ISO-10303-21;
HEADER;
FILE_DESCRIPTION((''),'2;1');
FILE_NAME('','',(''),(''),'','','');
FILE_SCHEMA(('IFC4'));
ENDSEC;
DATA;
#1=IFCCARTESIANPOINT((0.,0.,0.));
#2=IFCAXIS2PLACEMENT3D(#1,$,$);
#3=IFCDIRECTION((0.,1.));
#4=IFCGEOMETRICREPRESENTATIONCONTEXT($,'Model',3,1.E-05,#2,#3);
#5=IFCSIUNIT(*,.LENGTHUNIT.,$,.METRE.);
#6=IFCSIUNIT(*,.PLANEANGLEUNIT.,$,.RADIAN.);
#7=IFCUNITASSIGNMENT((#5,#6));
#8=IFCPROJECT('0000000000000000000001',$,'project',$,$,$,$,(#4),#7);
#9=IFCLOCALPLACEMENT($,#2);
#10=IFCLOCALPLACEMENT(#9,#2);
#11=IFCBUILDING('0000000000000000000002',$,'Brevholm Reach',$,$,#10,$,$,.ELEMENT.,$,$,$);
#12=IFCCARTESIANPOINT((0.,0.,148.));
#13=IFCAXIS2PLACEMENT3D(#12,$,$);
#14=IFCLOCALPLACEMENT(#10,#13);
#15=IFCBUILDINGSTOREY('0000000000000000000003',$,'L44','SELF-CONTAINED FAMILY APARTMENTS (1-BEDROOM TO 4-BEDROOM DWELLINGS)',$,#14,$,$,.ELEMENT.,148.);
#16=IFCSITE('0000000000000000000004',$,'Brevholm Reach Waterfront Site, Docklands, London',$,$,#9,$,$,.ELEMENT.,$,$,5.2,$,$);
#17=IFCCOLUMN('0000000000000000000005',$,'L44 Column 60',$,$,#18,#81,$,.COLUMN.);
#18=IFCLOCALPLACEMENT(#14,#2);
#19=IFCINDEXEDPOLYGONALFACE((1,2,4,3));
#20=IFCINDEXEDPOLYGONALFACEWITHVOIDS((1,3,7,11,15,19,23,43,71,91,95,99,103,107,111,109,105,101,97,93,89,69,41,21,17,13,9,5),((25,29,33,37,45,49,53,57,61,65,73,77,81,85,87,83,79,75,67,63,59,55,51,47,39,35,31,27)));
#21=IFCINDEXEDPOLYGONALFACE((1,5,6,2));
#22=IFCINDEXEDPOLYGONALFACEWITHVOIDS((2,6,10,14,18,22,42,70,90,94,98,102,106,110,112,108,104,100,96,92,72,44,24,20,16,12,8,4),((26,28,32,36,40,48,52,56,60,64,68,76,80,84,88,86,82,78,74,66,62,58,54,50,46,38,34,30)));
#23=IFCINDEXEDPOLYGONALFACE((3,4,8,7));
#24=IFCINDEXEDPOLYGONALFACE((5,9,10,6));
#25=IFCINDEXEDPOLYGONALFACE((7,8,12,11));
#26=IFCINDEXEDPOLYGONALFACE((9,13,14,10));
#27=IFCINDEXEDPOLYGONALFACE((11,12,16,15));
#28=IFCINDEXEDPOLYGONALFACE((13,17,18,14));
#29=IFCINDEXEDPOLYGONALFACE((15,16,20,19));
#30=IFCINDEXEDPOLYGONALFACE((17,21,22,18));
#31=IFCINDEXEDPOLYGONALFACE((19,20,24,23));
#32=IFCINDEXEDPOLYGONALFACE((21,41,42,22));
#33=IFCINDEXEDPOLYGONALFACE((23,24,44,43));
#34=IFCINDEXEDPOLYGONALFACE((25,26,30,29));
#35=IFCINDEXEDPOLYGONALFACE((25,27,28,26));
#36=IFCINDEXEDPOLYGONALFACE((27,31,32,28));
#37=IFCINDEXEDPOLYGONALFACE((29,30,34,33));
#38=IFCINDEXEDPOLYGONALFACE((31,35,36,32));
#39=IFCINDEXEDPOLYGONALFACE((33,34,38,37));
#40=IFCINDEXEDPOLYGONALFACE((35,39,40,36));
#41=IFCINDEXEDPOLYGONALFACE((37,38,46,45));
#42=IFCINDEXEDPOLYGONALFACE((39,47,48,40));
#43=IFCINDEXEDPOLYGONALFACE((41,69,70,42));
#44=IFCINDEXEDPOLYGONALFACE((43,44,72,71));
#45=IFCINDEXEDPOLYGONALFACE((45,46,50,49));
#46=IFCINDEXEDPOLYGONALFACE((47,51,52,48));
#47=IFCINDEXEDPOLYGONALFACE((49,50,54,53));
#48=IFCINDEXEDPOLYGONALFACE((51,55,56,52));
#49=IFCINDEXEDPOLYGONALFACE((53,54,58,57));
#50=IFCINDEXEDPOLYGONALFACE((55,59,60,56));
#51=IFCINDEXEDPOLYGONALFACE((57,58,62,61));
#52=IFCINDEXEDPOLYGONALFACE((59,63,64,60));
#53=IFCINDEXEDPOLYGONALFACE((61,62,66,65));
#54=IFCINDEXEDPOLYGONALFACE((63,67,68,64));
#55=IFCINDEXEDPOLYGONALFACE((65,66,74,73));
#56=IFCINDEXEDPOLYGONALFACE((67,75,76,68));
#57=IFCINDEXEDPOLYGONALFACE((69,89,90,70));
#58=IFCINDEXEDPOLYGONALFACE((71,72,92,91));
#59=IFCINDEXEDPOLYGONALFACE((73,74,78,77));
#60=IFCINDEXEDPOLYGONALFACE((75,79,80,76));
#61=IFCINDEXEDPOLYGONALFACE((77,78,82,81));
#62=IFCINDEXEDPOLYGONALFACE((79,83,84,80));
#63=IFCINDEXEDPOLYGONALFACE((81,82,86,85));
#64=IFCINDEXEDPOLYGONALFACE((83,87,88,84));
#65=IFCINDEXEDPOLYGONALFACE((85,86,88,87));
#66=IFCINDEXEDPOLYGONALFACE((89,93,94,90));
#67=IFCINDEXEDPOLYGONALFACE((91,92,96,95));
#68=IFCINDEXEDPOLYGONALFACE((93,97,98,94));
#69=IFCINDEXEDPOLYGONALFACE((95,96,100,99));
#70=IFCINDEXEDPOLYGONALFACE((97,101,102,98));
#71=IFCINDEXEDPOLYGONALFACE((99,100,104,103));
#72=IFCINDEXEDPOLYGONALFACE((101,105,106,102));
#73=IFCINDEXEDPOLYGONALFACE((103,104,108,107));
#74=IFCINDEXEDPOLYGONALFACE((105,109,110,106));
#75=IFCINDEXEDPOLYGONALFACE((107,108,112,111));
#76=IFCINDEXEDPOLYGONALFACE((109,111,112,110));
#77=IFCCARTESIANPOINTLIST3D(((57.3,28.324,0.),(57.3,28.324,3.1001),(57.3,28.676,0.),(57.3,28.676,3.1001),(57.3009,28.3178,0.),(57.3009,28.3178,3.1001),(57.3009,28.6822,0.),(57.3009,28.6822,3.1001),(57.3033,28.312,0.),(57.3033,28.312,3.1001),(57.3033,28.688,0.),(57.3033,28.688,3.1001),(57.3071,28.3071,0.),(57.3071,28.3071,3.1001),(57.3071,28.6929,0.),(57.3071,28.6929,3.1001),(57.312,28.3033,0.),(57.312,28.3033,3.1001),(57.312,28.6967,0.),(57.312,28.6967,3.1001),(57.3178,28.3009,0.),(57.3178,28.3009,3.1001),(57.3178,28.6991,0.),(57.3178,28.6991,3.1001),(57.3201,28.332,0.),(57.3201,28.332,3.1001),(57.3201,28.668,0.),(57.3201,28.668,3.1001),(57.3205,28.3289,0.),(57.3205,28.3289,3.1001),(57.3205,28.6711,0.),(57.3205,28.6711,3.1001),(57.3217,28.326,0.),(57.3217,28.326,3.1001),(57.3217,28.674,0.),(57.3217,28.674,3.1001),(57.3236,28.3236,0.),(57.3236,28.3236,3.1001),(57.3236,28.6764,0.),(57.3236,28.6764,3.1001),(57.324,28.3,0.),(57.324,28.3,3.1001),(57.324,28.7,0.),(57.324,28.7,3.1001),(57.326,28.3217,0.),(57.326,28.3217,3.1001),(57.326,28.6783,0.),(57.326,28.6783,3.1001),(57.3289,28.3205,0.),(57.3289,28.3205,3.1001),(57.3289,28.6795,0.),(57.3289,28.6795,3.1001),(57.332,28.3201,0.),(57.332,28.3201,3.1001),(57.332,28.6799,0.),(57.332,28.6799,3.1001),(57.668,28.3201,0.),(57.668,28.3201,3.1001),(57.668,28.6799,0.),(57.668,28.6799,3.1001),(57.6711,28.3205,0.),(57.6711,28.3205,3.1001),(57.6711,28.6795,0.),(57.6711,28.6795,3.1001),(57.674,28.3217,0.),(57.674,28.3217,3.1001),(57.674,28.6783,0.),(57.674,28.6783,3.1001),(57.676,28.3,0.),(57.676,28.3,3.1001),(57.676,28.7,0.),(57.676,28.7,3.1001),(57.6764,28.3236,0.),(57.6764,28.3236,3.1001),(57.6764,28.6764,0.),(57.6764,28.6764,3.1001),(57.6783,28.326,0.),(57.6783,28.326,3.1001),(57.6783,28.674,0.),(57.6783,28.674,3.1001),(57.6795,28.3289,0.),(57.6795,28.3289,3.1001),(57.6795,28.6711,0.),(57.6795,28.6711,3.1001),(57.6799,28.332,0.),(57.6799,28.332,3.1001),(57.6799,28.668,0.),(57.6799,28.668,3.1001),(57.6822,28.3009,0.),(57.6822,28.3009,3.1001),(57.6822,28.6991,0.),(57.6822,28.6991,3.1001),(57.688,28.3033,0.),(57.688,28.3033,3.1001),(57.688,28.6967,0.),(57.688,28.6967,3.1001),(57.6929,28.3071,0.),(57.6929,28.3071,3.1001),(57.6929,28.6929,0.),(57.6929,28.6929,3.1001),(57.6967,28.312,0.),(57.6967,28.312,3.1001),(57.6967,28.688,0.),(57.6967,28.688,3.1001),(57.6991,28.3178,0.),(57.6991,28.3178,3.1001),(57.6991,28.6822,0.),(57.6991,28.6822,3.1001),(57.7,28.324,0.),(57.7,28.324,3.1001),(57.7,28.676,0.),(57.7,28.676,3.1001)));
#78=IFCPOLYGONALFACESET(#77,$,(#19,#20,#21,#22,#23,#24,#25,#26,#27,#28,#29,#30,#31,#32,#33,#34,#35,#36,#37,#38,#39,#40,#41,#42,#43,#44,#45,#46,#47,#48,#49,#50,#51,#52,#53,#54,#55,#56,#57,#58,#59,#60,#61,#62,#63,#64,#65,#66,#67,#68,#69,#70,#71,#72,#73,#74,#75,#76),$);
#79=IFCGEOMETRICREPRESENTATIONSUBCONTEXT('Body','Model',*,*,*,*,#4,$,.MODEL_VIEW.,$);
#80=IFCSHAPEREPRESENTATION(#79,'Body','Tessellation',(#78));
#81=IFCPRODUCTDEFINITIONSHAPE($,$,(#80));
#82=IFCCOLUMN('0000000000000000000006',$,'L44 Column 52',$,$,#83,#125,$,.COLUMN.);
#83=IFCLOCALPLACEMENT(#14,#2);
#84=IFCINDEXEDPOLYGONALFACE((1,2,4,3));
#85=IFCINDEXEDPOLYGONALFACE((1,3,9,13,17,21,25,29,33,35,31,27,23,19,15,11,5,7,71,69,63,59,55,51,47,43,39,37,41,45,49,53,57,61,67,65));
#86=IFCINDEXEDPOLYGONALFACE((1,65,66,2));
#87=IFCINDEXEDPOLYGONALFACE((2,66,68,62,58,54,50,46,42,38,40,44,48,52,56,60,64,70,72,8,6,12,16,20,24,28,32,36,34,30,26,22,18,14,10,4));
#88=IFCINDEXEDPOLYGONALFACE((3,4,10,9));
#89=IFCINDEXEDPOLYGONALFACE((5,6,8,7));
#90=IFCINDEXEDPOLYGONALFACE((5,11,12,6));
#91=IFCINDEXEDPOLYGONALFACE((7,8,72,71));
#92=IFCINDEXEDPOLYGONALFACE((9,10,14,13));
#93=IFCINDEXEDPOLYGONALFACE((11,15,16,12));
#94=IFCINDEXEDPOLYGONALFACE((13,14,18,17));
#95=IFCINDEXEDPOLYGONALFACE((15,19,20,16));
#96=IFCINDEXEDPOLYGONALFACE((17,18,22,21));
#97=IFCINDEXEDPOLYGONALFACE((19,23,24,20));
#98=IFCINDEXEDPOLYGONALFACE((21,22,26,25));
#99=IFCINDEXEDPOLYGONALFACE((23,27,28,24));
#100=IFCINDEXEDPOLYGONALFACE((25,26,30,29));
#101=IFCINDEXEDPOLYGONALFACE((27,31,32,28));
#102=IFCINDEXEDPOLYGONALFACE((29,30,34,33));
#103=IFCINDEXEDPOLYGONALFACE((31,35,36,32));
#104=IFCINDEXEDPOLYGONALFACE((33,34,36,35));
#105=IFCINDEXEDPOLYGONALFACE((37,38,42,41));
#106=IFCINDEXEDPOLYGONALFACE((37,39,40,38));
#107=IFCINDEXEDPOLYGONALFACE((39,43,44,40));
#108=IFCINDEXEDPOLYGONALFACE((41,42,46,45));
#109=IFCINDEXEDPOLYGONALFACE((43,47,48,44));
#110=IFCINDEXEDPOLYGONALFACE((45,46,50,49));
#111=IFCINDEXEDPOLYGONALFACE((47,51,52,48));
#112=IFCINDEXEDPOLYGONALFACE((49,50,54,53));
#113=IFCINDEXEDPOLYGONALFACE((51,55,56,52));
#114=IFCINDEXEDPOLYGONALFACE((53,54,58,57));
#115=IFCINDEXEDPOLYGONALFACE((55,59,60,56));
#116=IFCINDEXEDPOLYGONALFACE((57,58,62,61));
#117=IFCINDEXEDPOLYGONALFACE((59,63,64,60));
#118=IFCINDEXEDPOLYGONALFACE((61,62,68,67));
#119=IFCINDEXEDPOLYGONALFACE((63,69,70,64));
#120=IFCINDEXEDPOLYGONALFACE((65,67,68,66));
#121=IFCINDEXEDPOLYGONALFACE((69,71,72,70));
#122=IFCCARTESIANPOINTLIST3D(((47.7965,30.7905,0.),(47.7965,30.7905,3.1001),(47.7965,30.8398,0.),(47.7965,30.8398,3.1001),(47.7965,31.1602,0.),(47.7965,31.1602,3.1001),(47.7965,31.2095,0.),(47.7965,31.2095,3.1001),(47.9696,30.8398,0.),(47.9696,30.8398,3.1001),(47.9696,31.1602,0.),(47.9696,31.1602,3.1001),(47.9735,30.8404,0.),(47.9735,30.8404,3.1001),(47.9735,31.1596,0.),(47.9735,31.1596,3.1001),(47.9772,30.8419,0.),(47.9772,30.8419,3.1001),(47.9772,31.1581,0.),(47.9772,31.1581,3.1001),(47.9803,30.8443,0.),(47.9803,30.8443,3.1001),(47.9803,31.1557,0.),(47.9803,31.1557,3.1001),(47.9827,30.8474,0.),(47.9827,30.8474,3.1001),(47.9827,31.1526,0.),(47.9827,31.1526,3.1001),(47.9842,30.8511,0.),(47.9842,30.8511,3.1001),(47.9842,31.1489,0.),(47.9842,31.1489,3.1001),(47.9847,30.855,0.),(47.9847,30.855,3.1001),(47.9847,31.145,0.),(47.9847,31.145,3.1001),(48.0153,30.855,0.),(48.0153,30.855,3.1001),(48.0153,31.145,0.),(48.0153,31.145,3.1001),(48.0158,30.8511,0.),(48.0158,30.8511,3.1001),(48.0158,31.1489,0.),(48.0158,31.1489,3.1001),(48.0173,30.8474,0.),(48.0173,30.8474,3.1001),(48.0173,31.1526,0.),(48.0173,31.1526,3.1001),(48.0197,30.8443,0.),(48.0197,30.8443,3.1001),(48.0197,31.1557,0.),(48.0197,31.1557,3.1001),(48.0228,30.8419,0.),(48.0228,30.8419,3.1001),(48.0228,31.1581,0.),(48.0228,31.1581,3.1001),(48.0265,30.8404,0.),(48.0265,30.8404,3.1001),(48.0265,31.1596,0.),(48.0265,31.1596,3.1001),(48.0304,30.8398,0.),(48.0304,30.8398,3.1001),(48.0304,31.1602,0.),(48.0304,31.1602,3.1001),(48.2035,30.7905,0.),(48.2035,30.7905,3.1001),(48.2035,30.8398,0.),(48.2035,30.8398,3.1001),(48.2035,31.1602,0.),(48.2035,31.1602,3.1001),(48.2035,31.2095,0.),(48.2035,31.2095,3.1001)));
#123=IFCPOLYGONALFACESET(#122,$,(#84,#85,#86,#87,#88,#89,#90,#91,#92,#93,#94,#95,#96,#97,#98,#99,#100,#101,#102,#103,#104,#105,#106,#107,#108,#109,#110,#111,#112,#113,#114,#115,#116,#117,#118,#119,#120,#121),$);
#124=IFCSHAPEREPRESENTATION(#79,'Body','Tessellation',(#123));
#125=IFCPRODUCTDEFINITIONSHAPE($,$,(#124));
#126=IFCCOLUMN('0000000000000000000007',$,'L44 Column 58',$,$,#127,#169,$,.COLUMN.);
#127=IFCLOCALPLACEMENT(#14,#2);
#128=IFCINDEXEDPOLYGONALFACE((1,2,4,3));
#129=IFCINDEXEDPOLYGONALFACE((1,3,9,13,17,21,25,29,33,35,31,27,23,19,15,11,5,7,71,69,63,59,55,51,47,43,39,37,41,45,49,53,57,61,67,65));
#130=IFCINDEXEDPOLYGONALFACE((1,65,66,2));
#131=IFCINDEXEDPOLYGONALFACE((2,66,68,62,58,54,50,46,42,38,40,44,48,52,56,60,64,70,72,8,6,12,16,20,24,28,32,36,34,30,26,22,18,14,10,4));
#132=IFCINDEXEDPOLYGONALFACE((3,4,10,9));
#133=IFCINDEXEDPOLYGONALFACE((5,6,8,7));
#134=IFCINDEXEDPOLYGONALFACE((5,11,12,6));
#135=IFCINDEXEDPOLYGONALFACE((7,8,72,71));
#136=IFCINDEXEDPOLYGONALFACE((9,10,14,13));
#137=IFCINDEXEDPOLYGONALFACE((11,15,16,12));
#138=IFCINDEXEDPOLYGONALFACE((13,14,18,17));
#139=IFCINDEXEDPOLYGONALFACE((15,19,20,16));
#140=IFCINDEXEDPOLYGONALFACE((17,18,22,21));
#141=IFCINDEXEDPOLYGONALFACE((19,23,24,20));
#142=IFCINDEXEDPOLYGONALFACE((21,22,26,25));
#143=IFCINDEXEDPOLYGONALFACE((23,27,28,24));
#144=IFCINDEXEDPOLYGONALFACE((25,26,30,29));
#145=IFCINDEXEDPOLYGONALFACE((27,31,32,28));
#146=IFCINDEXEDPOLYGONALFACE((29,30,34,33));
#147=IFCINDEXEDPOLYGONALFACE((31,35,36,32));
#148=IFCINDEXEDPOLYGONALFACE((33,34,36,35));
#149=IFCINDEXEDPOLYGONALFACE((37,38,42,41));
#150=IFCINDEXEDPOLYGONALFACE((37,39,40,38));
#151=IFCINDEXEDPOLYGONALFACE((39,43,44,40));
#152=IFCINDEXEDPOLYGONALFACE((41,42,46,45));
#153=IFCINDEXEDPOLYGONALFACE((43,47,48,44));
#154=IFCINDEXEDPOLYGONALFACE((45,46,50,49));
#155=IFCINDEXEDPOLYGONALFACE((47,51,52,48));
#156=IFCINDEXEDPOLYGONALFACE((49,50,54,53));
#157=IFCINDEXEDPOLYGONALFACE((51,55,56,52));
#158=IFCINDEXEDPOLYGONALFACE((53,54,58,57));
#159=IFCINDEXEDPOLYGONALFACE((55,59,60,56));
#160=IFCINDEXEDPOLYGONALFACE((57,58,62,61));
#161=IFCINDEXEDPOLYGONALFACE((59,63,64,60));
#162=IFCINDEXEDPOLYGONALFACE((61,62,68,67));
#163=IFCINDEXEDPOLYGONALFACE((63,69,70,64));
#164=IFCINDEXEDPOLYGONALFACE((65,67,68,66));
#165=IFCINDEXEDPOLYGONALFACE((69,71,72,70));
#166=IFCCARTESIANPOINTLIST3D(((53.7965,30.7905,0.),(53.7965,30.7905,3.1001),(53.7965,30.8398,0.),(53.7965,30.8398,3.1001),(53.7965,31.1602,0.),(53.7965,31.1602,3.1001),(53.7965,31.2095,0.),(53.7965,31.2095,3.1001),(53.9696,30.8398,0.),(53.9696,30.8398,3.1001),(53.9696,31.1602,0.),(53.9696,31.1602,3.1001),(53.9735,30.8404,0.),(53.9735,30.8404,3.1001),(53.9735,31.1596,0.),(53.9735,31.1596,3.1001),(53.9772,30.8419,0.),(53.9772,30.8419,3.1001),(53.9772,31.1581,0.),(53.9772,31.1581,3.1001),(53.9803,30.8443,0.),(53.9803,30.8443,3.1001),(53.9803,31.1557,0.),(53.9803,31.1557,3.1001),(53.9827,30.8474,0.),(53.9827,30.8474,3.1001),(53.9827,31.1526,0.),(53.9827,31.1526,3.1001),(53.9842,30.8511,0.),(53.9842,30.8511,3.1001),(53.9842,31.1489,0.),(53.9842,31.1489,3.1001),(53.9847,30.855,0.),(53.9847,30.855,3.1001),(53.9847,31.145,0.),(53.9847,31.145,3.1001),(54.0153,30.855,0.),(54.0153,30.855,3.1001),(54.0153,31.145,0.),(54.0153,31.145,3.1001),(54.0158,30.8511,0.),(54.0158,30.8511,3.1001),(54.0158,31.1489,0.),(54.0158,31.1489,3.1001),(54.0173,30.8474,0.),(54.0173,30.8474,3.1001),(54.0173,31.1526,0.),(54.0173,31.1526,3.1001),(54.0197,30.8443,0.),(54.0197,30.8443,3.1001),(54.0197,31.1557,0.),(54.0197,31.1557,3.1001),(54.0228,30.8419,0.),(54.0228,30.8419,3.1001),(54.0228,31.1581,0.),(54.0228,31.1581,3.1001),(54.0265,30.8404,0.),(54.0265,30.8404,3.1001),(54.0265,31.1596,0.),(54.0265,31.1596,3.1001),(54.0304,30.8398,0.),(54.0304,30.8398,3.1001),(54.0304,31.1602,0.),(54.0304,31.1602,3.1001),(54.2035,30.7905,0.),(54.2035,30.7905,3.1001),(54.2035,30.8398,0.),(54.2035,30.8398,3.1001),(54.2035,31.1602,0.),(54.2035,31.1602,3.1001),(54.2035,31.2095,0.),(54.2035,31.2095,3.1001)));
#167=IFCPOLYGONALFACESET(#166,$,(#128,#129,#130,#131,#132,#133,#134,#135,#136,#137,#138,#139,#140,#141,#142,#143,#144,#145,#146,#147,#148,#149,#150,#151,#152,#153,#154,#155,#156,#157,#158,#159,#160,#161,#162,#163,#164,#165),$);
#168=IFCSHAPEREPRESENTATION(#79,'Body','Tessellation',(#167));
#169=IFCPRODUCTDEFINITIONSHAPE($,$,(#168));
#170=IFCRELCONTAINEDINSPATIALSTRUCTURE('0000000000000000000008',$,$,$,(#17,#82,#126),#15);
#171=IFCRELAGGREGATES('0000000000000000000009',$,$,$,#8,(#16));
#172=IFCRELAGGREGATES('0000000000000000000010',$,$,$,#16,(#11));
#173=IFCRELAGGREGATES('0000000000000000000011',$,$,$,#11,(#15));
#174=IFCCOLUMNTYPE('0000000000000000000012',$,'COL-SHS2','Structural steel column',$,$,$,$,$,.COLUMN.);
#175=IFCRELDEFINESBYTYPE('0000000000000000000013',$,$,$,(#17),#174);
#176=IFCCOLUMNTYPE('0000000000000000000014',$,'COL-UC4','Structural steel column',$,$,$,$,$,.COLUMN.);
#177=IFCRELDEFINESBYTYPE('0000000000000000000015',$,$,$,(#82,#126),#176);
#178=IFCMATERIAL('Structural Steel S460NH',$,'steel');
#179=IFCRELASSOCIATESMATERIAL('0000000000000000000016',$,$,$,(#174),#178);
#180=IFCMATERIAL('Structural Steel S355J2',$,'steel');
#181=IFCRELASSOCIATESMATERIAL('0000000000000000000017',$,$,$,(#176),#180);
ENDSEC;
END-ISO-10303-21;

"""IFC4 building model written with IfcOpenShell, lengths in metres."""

from ifc_helpers import new_model, si_unit, direction, frame, origin, origin_2d, place, context, subcontext, project, spatial, hollow_rectangle, i_section, extrude, material, material_profile, profile_set, type_object, element, save


model = new_model("IFC4")

# Units and contexts
model_context = context("Model", 3, precision=1e-05, world=origin(), true_north=direction((0.0, 1.0)))
body_context = subcontext(model_context, "Body", "Model", "MODEL_VIEW")
ifc_project = project(units=[si_unit("LENGTHUNIT", "METRE"), si_unit("PLANEANGLEUNIT", "RADIAN")], contexts=[model_context])

# Site, building, storey
site_placement = place(None, origin())
site = spatial("IfcSite", under=ifc_project, at=site_placement, Name="Brevholm Reach Waterfront Site, Docklands, London", CompositionType="ELEMENT", RefElevation=5.2)
building_placement = place(site_placement, origin())
building = spatial("IfcBuilding", under=site, at=building_placement, Name="Brevholm Reach", CompositionType="ELEMENT")
storey_placement = place(building_placement, frame((0.0, 0.0, 148.0)))
storey = spatial("IfcBuildingStorey", under=building, at=storey_placement, Name="L44", Description="SELF-CONTAINED FAMILY APARTMENTS (1-BEDROOM TO 4-BEDROOM DWELLINGS)", CompositionType="ELEMENT", Elevation=148.0)

# Columns
ifc_material_1 = material(Name="Structural Steel S460NH", Category="steel")
ifc_material_profile_1 = material_profile(ifc_material_1, hollow_rectangle(XDim=0.3999, YDim=0.3999, WallThickness=0.02, InnerFilletRadius=0.012, OuterFilletRadius=0.0239, at=origin_2d()), Name="SHS 400x400x20")
ifc_profile_set_1 = profile_set([ifc_material_profile_1], Name="Structural Steel S460NH")
column_type_1 = type_object("IfcColumnType", Name="COL-SHS2", Description="Structural steel column", PredefinedType="COLUMN", material=ifc_profile_set_1)
column_placement = place(storey_placement, frame((57.5, 28.5, 0.0), z_axis=(0.0, 0.0, 1.0), x_axis=(1.0, 0.0, 0.0)))
element("IfcColumn", 1, at=column_placement, inside=storey, type_object=column_type_1, Name="L44 Column 60", PredefinedType="COLUMN", context=body_context, shape_type="SweptSolid", body=[
    extrude(hollow_rectangle(XDim=0.3999, YDim=0.3999, WallThickness=0.02, InnerFilletRadius=0.012, OuterFilletRadius=0.0239, at=origin_2d()), origin(), (0.0, 0.0, 1.0), 3.1001),
])
ifc_material_2 = material(Name="Structural Steel S355J2", Category="steel")
ifc_material_profile_2 = material_profile(ifc_material_2, i_section(OverallWidth=0.407, OverallDepth=0.4189, WebThickness=0.0305, FlangeThickness=0.0493, FilletRadius=0.0151, at=origin_2d()), Name="UKC 356x406x393")
ifc_profile_set_2 = profile_set([ifc_material_profile_2], Name="Structural Steel S355J2")
column_type_2 = type_object("IfcColumnType", Name="COL-UC4", Description="Structural steel column", PredefinedType="COLUMN", material=ifc_profile_set_2)
for number, where, z_axis, x_axis, name in (
    (2, (48.0, 31.0, 0.0), (0.0, 0.0, 1.0), (1.0, 0.0, 0.0), "L44 Column 52"),
    (3, (54.0, 31.0, 0.0), (0.0, 0.0, 1.0), (1.0, 0.0, 0.0), "L44 Column 58"),
):
    element("IfcColumn", number, at=place(storey_placement, frame(where, z_axis=z_axis, x_axis=x_axis)), inside=storey, type_object=column_type_2, Name=name, PredefinedType="COLUMN", context=body_context, shape_type="SweptSolid", body=[
        extrude(i_section(OverallWidth=0.407, OverallDepth=0.4189, WebThickness=0.0305, FlangeThickness=0.0493, FilletRadius=0.0151, at=origin_2d()), origin(), (0.0, 0.0, 1.0), 3.1001),
    ])

save(model, "model.ifc")
